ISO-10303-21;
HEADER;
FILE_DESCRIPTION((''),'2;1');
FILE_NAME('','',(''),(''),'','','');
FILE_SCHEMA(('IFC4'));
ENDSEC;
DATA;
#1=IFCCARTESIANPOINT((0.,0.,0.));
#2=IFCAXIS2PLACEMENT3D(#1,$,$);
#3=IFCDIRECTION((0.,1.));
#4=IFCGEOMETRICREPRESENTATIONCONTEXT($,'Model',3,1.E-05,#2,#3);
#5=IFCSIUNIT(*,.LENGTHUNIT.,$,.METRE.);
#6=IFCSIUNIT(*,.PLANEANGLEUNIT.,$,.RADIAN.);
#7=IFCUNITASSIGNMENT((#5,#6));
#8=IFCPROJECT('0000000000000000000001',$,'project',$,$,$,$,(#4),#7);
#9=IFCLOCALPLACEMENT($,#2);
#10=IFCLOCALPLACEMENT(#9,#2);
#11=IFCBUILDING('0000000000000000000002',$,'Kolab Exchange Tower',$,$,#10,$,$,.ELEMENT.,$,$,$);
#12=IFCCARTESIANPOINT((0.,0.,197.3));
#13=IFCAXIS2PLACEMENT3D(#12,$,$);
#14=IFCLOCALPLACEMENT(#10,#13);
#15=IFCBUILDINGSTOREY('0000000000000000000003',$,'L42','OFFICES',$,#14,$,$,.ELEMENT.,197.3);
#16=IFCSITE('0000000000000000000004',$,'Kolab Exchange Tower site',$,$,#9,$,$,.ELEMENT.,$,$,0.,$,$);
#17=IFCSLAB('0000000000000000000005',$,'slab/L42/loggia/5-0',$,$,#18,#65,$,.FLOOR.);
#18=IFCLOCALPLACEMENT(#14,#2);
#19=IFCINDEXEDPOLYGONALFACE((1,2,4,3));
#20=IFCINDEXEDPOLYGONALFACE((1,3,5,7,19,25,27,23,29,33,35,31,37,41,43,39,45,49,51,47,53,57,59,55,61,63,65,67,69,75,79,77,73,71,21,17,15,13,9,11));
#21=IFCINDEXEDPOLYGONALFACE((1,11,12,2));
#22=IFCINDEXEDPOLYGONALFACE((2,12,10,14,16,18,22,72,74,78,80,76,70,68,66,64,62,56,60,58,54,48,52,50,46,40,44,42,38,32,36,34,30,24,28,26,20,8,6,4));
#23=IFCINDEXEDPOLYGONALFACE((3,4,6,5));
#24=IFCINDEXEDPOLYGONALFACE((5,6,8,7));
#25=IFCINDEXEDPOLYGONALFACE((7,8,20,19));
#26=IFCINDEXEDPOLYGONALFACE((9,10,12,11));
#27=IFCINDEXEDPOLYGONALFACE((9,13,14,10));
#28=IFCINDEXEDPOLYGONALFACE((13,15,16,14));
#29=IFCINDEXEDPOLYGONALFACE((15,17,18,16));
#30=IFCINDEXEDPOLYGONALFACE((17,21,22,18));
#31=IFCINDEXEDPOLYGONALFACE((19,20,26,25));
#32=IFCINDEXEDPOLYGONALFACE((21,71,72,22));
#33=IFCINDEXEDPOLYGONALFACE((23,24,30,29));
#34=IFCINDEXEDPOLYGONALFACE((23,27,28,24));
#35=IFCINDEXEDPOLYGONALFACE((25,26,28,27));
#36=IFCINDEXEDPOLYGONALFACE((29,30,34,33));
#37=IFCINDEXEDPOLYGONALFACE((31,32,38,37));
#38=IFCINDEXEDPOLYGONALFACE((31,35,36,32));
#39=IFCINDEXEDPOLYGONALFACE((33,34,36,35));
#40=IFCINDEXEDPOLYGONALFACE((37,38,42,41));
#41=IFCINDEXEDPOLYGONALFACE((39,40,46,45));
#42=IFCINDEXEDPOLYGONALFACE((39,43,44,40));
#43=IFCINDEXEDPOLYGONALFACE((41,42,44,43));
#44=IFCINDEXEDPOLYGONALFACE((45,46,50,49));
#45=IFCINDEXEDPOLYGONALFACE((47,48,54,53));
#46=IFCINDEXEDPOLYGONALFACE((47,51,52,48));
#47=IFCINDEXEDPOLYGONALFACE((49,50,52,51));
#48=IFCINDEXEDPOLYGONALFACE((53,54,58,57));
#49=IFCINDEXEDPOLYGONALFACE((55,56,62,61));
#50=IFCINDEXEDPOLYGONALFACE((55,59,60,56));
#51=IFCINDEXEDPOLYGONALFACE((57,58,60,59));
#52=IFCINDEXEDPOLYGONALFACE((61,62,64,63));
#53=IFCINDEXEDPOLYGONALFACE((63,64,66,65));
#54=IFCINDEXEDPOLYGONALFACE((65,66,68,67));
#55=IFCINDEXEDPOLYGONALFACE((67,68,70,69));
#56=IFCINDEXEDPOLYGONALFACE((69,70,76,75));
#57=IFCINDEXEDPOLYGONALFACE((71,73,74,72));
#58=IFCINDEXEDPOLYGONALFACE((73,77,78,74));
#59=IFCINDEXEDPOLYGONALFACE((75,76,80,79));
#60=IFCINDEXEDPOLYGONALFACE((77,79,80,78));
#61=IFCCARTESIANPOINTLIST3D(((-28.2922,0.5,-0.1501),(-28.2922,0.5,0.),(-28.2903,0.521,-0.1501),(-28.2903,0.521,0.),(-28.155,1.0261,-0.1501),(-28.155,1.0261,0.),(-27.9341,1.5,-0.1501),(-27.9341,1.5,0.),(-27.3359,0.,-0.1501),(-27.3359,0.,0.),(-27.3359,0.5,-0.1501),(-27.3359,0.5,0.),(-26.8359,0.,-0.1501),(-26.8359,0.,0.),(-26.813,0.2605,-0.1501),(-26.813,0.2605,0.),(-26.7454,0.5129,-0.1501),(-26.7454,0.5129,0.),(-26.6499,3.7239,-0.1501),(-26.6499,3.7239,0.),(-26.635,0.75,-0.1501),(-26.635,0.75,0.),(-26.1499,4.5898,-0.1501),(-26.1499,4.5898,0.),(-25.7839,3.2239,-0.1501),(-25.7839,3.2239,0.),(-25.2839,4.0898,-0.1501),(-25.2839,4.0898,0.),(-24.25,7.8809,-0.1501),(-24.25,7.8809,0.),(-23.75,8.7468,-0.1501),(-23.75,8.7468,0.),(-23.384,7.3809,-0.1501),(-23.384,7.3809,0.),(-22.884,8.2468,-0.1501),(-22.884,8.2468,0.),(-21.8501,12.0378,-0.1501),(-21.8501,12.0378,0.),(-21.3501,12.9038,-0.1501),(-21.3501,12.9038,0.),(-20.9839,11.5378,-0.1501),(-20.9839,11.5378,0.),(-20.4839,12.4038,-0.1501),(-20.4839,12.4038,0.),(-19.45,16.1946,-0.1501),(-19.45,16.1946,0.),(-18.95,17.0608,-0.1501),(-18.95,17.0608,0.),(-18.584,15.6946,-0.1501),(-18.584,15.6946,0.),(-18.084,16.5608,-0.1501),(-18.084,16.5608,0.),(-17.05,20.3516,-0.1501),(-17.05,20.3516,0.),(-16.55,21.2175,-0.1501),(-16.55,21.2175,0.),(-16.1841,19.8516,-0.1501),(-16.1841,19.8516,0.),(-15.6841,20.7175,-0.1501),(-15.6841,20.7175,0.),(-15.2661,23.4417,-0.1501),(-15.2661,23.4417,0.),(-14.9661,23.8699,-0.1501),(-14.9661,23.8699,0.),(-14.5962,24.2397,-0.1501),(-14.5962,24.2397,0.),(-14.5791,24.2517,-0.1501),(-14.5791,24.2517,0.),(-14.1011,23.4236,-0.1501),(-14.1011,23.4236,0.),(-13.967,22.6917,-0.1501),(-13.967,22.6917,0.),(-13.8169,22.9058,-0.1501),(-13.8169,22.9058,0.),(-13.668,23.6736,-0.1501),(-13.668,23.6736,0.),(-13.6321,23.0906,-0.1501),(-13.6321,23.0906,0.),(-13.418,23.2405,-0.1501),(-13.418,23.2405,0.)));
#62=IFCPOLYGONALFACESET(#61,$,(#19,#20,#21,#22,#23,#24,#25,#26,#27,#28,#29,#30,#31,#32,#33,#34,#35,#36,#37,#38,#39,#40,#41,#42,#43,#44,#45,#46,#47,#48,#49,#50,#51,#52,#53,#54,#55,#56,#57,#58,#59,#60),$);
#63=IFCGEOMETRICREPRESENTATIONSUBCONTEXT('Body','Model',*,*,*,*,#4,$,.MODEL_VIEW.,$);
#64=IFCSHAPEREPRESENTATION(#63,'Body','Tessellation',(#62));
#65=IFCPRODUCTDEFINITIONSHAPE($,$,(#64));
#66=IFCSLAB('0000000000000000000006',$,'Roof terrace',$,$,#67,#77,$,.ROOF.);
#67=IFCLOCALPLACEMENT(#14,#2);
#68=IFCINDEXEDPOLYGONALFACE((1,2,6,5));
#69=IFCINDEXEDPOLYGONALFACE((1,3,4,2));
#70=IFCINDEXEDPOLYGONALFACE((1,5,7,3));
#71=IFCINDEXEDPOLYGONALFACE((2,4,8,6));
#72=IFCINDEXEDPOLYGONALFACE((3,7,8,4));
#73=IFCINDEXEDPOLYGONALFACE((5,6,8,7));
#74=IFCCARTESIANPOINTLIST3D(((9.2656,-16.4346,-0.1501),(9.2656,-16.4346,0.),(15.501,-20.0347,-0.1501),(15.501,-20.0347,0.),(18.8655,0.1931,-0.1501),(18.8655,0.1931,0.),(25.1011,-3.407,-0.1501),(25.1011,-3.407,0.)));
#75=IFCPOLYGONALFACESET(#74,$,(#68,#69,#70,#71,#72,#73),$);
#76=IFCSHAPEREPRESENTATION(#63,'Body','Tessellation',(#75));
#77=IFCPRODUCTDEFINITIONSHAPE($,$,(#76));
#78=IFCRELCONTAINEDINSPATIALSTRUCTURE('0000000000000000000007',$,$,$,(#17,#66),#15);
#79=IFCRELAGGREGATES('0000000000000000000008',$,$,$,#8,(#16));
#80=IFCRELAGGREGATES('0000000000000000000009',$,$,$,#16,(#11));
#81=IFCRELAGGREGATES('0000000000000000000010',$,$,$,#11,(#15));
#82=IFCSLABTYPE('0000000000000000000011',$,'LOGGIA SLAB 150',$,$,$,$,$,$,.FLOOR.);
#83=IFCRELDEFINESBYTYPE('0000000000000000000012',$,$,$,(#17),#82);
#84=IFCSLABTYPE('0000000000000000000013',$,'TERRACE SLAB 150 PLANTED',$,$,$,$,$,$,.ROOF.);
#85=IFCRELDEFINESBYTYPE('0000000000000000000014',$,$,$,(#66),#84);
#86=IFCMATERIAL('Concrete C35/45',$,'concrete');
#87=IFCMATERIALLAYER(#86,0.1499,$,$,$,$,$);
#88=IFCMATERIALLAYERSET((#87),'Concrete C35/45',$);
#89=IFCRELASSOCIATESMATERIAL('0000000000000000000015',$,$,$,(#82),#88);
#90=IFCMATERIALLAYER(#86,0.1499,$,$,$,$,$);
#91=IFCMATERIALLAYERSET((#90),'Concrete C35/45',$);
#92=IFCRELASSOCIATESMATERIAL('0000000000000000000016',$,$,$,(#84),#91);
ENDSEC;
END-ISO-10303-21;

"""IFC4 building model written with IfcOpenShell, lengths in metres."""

from ifc_helpers import new_model, si_unit, direction, frame, origin, place, context, subcontext, project, spatial, polyline, outline, extrude, material, layer, layer_set, type_object, element, save


model = new_model("IFC4")

# Units and contexts
model_context = context("Model", 3, precision=1e-05, world=origin(), true_north=direction((0.0, 1.0)))
body_context = subcontext(model_context, "Body", "Model", "MODEL_VIEW")
ifc_project = project(units=[si_unit("LENGTHUNIT", "METRE"), si_unit("PLANEANGLEUNIT", "RADIAN")], contexts=[model_context])

# Site, building, storey
site_placement = place(None, origin())
site = spatial("IfcSite", under=ifc_project, at=site_placement, Name="Kolab Exchange Tower site", CompositionType="ELEMENT", RefElevation=0.0)
building_placement = place(site_placement, origin())
building = spatial("IfcBuilding", under=site, at=building_placement, Name="Kolab Exchange Tower", CompositionType="ELEMENT")
storey_placement = place(building_placement, frame((0.0, 0.0, 197.3)))
storey = spatial("IfcBuildingStorey", under=building, at=storey_placement, Name="L42", Description="OFFICES", CompositionType="ELEMENT", Elevation=197.3)

# Slabs
ifc_material_1 = material(Name="Concrete C35/45", Category="concrete")
ifc_layer_1 = layer(ifc_material_1, 0.1499)
ifc_layer_set_1 = layer_set([ifc_layer_1], Name="Concrete C35/45")
slab_type_1 = type_object("IfcSlabType", Name="LOGGIA SLAB 150", PredefinedType="FLOOR", material=ifc_layer_set_1)
slab_1_placement = place(storey_placement, frame((0.0, 0.0, -0.1501)))
element("IfcSlab", 1, at=slab_1_placement, inside=storey, type_object=slab_type_1, Name="slab/L42/loggia/5-0", PredefinedType="FLOOR", context=body_context, shape_type="SweptSolid", body=[
    extrude(outline(polyline([(-13.6321, 23.0906), (-13.418, 23.2405), (-13.668, 23.6736), (-14.1011, 23.4236), (-14.5791, 24.2517), (-14.5962, 24.2397), (-14.9661, 23.8699), (-15.2661, 23.4417), (-16.55, 21.2175), (-15.6841, 20.7175), (-16.1841, 19.8516), (-17.05, 20.3516), (-18.95, 17.0608), (-18.084, 16.5608), (-18.584, 15.6946), (-19.45, 16.1946), (-21.3501, 12.9038), (-20.4839, 12.4038), (-20.9839, 11.5378), (-21.8501, 12.0378), (-23.75, 8.7468), (-22.884, 8.2468), (-23.384, 7.3809), (-24.25, 7.8809), (-26.1499, 4.5898), (-25.2839, 4.0898), (-25.7839, 3.2239), (-26.6499, 3.7239), (-27.9341, 1.5), (-28.155, 1.0261), (-28.2903, 0.521), (-28.2922, 0.5), (-27.3359, 0.5), (-27.3359, 0.0), (-26.8359, 0.0), (-26.813, 0.2605), (-26.7454, 0.5129), (-26.635, 0.75), (-13.967, 22.6917), (-13.8169, 22.9058), (-13.6321, 23.0906)])), origin(), (0.0, 0.0, 1.0), 0.1501),
])
ifc_layer_2 = layer(ifc_material_1, 0.1499)
ifc_layer_set_2 = layer_set([ifc_layer_2], Name="Concrete C35/45")
slab_type_2 = type_object("IfcSlabType", Name="TERRACE SLAB 150 PLANTED", PredefinedType="ROOF", material=ifc_layer_set_2)
slab_2_placement = place(storey_placement, frame((0.0, 0.0, -0.1501)))
element("IfcSlab", 2, at=slab_2_placement, inside=storey, type_object=slab_type_2, Name="Roof terrace", PredefinedType="ROOF", context=body_context, shape_type="SweptSolid", body=[
    extrude(outline(polyline([(25.1011, -3.407), (18.8655, 0.1931), (9.2656, -16.4346), (15.501, -20.0347), (25.1011, -3.407)])), origin(), (0.0, 0.0, 1.0), 0.1501),
])

save(model, "model.ifc")
